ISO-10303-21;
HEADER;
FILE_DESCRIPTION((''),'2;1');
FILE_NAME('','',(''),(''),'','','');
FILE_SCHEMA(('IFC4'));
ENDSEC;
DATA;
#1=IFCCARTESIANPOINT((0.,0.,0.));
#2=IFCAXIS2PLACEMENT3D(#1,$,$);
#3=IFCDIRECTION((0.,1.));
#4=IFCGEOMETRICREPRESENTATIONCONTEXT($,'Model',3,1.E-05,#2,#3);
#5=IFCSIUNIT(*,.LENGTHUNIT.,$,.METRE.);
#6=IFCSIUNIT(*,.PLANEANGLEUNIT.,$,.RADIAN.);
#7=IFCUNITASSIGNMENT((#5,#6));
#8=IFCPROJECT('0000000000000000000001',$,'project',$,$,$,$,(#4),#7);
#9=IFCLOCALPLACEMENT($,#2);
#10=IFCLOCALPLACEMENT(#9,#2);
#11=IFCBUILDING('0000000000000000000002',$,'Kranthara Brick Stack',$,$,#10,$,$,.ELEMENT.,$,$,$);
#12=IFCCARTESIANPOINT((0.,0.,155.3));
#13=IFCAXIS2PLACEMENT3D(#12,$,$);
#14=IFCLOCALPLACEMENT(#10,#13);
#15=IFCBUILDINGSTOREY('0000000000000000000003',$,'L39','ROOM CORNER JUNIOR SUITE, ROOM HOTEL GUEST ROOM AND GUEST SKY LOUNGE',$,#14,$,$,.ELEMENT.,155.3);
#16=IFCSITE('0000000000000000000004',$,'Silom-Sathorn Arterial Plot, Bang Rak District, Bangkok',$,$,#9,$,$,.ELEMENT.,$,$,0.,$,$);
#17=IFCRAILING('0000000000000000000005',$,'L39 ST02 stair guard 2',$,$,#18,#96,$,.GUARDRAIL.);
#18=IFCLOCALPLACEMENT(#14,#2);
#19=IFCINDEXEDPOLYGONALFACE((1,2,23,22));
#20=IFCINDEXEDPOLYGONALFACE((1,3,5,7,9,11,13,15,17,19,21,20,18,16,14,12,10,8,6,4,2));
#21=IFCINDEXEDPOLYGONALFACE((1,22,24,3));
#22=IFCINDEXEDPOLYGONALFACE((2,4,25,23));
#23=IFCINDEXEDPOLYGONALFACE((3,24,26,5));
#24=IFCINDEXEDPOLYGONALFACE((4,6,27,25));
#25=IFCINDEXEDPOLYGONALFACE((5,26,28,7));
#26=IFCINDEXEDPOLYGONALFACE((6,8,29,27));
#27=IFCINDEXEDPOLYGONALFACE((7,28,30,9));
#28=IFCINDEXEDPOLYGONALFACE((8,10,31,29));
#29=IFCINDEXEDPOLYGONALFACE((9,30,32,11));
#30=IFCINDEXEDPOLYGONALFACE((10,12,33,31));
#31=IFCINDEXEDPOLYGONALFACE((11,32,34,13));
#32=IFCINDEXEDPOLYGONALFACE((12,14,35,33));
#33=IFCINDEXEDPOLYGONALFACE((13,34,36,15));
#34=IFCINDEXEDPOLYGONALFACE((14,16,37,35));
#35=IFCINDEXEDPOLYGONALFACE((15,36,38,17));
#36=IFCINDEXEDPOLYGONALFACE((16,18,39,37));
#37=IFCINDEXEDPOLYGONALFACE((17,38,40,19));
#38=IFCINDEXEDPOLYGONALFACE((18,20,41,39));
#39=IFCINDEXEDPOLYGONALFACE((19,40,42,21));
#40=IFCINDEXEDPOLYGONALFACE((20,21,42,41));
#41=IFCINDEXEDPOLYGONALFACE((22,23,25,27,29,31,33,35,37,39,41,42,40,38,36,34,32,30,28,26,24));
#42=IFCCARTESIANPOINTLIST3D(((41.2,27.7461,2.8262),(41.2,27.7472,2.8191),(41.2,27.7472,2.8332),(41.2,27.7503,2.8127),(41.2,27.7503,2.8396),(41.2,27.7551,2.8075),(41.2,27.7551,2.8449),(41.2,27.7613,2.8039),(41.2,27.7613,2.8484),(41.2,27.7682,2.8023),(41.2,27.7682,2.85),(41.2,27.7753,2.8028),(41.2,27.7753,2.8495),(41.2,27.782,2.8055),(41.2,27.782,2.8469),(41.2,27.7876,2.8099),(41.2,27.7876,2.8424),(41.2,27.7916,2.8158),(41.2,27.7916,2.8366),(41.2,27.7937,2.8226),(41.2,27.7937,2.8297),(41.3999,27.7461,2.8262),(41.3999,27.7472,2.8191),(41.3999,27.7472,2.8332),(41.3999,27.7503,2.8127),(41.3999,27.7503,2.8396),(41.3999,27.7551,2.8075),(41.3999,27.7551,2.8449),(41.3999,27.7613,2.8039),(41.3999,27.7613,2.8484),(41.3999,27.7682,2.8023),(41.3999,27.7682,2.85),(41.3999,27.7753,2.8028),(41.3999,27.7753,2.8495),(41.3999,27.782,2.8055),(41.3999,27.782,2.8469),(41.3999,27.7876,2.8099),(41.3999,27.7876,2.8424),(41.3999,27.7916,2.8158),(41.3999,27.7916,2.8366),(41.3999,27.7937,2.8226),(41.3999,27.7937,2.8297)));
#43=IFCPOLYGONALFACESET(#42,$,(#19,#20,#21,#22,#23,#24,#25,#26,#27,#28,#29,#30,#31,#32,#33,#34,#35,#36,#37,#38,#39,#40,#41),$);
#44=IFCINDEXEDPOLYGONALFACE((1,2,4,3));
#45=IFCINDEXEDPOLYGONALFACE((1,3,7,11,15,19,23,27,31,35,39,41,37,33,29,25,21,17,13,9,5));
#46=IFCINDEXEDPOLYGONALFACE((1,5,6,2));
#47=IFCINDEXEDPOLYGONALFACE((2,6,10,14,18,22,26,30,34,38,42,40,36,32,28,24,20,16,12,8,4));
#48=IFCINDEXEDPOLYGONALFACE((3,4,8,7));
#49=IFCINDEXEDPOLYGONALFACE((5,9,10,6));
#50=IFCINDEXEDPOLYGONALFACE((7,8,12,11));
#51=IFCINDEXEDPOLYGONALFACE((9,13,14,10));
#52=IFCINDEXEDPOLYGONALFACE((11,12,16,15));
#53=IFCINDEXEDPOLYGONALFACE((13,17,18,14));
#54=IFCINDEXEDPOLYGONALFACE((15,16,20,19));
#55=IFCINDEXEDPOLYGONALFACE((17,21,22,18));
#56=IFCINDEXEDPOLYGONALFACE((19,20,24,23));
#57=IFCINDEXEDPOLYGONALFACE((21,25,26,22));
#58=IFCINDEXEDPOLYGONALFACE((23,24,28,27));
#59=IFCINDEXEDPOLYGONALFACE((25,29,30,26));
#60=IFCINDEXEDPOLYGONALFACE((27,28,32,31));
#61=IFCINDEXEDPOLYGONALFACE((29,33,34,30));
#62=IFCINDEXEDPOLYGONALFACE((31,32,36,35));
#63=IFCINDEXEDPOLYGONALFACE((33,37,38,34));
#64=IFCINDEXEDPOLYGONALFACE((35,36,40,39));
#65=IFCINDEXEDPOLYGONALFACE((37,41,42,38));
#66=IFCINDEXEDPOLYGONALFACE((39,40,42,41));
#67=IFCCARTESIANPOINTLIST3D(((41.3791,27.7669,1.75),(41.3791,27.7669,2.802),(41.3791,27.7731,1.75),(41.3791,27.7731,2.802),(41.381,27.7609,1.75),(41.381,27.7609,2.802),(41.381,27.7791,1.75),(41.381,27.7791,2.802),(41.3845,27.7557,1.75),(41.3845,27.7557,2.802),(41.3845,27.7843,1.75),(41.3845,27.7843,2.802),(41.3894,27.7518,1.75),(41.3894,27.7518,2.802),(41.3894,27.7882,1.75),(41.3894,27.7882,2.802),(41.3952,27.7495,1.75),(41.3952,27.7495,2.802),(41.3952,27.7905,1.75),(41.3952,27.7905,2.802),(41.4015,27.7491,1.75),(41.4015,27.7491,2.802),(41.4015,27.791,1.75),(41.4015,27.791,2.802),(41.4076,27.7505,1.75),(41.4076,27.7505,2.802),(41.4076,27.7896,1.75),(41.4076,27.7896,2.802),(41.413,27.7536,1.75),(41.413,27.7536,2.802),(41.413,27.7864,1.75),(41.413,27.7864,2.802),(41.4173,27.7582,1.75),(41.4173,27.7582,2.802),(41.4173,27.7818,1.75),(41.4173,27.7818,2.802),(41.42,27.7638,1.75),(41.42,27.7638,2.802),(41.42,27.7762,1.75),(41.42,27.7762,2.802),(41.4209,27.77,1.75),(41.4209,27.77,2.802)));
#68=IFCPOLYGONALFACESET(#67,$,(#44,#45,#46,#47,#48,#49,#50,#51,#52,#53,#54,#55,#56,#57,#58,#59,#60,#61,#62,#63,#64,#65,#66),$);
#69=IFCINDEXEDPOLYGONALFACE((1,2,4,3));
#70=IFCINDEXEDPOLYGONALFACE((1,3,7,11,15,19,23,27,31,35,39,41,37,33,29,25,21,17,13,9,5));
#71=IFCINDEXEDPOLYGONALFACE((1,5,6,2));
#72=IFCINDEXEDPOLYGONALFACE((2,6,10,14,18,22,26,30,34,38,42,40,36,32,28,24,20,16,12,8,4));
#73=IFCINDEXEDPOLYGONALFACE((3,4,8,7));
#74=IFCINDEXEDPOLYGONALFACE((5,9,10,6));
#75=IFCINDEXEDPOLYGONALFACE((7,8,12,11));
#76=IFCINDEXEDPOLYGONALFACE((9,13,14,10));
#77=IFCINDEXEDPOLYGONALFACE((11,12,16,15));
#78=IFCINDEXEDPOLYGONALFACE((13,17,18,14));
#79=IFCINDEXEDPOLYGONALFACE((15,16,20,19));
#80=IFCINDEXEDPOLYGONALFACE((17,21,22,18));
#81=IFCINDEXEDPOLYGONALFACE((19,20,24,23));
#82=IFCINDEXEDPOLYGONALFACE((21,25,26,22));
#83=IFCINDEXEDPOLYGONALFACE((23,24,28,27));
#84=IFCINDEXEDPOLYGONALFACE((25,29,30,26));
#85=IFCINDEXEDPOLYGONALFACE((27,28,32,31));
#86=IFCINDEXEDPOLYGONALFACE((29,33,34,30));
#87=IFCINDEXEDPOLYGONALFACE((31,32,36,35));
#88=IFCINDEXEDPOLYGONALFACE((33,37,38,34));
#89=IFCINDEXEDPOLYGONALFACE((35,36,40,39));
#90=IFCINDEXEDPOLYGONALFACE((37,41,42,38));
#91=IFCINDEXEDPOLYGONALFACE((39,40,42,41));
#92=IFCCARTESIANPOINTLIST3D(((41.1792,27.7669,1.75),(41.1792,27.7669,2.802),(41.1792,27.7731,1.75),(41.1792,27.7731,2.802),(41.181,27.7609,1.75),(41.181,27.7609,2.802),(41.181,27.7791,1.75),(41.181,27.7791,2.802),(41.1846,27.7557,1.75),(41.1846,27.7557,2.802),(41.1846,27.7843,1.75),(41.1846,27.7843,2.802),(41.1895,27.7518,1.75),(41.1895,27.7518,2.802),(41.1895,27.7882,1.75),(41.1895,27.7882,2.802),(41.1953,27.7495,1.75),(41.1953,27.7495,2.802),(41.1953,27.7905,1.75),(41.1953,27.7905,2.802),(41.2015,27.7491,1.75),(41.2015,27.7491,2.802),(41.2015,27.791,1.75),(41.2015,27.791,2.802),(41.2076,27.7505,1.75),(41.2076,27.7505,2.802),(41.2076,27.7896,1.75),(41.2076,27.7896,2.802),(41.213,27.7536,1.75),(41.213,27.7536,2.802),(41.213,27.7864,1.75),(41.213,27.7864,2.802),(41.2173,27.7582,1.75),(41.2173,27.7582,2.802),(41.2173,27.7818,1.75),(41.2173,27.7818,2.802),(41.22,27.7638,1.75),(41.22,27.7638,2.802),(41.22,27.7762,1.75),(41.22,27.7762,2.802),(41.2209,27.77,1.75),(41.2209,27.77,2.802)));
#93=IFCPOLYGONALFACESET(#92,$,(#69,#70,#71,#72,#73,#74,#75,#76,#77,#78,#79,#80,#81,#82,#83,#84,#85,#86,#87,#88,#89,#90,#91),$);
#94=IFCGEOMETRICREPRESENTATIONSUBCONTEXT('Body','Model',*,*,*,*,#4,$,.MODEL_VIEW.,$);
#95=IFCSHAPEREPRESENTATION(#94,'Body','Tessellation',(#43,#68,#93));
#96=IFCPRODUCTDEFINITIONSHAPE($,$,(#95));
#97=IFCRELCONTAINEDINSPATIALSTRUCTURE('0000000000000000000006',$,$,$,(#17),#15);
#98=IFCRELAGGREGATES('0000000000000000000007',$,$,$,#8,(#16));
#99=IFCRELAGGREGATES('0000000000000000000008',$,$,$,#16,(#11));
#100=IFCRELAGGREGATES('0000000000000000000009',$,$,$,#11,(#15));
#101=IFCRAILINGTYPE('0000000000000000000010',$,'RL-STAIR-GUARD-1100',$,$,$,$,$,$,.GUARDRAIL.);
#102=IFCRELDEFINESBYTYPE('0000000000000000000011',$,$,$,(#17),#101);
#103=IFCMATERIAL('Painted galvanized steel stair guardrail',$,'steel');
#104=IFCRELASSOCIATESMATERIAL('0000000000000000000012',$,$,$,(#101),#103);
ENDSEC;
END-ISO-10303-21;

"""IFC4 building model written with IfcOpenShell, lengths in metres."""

from ifc_helpers import new_model, si_unit, direction, frame, origin, origin_2d, place, context, subcontext, project, spatial, circle, extrude, material, type_object, element, save


model = new_model("IFC4")

# Units and contexts
model_context = context("Model", 3, precision=1e-05, world=origin(), true_north=direction((0.0, 1.0)))
body_context = subcontext(model_context, "Body", "Model", "MODEL_VIEW")
ifc_project = project(units=[si_unit("LENGTHUNIT", "METRE"), si_unit("PLANEANGLEUNIT", "RADIAN")], contexts=[model_context])

# Site, building, storey
site_placement = place(None, origin())
site = spatial("IfcSite", under=ifc_project, at=site_placement, Name="Silom-Sathorn Arterial Plot, Bang Rak District, Bangkok", CompositionType="ELEMENT", RefElevation=0.0)
building_placement = place(site_placement, origin())
building = spatial("IfcBuilding", under=site, at=building_placement, Name="Kranthara Brick Stack", CompositionType="ELEMENT")
storey_placement = place(building_placement, frame((0.0, 0.0, 155.3)))
storey = spatial("IfcBuildingStorey", under=building, at=storey_placement, Name="L39", Description="ROOM CORNER JUNIOR SUITE, ROOM HOTEL GUEST ROOM AND GUEST SKY LOUNGE", CompositionType="ELEMENT", Elevation=155.3)

# Railing
ifc_material_1 = material(Name="Painted galvanized steel stair guardrail", Category="steel")
railing_type_1 = type_object("IfcRailingType", Name="RL-STAIR-GUARD-1100", PredefinedType="GUARDRAIL", material=ifc_material_1)
railing_1_placement = place(storey_placement, frame((41.3999, 27.77, 1.75)))
element("IfcRailing", 1, at=railing_1_placement, inside=storey, type_object=railing_type_1, Name="L39 ST02 stair guard 2", PredefinedType="GUARDRAIL", context=body_context, shape_type="SweptSolid", body=[
    extrude(circle(Radius=0.0239, at=origin_2d()), frame((0.0, 0.0, 1.0762), z_axis=(-1.0, 0.0, 0.0), x_axis=(0.0, -1.0, 0.0)), (0.0, 0.0, 1.0), 0.2),
    extrude(circle(Radius=0.021, at=origin_2d()), origin(), (0.0, 0.0, 1.0), 1.052),
    extrude(circle(Radius=0.021, at=origin_2d()), frame((-0.2, 0.0, 0.0)), (0.0, 0.0, 1.0), 1.052),
])

save(model, "model.ifc")
